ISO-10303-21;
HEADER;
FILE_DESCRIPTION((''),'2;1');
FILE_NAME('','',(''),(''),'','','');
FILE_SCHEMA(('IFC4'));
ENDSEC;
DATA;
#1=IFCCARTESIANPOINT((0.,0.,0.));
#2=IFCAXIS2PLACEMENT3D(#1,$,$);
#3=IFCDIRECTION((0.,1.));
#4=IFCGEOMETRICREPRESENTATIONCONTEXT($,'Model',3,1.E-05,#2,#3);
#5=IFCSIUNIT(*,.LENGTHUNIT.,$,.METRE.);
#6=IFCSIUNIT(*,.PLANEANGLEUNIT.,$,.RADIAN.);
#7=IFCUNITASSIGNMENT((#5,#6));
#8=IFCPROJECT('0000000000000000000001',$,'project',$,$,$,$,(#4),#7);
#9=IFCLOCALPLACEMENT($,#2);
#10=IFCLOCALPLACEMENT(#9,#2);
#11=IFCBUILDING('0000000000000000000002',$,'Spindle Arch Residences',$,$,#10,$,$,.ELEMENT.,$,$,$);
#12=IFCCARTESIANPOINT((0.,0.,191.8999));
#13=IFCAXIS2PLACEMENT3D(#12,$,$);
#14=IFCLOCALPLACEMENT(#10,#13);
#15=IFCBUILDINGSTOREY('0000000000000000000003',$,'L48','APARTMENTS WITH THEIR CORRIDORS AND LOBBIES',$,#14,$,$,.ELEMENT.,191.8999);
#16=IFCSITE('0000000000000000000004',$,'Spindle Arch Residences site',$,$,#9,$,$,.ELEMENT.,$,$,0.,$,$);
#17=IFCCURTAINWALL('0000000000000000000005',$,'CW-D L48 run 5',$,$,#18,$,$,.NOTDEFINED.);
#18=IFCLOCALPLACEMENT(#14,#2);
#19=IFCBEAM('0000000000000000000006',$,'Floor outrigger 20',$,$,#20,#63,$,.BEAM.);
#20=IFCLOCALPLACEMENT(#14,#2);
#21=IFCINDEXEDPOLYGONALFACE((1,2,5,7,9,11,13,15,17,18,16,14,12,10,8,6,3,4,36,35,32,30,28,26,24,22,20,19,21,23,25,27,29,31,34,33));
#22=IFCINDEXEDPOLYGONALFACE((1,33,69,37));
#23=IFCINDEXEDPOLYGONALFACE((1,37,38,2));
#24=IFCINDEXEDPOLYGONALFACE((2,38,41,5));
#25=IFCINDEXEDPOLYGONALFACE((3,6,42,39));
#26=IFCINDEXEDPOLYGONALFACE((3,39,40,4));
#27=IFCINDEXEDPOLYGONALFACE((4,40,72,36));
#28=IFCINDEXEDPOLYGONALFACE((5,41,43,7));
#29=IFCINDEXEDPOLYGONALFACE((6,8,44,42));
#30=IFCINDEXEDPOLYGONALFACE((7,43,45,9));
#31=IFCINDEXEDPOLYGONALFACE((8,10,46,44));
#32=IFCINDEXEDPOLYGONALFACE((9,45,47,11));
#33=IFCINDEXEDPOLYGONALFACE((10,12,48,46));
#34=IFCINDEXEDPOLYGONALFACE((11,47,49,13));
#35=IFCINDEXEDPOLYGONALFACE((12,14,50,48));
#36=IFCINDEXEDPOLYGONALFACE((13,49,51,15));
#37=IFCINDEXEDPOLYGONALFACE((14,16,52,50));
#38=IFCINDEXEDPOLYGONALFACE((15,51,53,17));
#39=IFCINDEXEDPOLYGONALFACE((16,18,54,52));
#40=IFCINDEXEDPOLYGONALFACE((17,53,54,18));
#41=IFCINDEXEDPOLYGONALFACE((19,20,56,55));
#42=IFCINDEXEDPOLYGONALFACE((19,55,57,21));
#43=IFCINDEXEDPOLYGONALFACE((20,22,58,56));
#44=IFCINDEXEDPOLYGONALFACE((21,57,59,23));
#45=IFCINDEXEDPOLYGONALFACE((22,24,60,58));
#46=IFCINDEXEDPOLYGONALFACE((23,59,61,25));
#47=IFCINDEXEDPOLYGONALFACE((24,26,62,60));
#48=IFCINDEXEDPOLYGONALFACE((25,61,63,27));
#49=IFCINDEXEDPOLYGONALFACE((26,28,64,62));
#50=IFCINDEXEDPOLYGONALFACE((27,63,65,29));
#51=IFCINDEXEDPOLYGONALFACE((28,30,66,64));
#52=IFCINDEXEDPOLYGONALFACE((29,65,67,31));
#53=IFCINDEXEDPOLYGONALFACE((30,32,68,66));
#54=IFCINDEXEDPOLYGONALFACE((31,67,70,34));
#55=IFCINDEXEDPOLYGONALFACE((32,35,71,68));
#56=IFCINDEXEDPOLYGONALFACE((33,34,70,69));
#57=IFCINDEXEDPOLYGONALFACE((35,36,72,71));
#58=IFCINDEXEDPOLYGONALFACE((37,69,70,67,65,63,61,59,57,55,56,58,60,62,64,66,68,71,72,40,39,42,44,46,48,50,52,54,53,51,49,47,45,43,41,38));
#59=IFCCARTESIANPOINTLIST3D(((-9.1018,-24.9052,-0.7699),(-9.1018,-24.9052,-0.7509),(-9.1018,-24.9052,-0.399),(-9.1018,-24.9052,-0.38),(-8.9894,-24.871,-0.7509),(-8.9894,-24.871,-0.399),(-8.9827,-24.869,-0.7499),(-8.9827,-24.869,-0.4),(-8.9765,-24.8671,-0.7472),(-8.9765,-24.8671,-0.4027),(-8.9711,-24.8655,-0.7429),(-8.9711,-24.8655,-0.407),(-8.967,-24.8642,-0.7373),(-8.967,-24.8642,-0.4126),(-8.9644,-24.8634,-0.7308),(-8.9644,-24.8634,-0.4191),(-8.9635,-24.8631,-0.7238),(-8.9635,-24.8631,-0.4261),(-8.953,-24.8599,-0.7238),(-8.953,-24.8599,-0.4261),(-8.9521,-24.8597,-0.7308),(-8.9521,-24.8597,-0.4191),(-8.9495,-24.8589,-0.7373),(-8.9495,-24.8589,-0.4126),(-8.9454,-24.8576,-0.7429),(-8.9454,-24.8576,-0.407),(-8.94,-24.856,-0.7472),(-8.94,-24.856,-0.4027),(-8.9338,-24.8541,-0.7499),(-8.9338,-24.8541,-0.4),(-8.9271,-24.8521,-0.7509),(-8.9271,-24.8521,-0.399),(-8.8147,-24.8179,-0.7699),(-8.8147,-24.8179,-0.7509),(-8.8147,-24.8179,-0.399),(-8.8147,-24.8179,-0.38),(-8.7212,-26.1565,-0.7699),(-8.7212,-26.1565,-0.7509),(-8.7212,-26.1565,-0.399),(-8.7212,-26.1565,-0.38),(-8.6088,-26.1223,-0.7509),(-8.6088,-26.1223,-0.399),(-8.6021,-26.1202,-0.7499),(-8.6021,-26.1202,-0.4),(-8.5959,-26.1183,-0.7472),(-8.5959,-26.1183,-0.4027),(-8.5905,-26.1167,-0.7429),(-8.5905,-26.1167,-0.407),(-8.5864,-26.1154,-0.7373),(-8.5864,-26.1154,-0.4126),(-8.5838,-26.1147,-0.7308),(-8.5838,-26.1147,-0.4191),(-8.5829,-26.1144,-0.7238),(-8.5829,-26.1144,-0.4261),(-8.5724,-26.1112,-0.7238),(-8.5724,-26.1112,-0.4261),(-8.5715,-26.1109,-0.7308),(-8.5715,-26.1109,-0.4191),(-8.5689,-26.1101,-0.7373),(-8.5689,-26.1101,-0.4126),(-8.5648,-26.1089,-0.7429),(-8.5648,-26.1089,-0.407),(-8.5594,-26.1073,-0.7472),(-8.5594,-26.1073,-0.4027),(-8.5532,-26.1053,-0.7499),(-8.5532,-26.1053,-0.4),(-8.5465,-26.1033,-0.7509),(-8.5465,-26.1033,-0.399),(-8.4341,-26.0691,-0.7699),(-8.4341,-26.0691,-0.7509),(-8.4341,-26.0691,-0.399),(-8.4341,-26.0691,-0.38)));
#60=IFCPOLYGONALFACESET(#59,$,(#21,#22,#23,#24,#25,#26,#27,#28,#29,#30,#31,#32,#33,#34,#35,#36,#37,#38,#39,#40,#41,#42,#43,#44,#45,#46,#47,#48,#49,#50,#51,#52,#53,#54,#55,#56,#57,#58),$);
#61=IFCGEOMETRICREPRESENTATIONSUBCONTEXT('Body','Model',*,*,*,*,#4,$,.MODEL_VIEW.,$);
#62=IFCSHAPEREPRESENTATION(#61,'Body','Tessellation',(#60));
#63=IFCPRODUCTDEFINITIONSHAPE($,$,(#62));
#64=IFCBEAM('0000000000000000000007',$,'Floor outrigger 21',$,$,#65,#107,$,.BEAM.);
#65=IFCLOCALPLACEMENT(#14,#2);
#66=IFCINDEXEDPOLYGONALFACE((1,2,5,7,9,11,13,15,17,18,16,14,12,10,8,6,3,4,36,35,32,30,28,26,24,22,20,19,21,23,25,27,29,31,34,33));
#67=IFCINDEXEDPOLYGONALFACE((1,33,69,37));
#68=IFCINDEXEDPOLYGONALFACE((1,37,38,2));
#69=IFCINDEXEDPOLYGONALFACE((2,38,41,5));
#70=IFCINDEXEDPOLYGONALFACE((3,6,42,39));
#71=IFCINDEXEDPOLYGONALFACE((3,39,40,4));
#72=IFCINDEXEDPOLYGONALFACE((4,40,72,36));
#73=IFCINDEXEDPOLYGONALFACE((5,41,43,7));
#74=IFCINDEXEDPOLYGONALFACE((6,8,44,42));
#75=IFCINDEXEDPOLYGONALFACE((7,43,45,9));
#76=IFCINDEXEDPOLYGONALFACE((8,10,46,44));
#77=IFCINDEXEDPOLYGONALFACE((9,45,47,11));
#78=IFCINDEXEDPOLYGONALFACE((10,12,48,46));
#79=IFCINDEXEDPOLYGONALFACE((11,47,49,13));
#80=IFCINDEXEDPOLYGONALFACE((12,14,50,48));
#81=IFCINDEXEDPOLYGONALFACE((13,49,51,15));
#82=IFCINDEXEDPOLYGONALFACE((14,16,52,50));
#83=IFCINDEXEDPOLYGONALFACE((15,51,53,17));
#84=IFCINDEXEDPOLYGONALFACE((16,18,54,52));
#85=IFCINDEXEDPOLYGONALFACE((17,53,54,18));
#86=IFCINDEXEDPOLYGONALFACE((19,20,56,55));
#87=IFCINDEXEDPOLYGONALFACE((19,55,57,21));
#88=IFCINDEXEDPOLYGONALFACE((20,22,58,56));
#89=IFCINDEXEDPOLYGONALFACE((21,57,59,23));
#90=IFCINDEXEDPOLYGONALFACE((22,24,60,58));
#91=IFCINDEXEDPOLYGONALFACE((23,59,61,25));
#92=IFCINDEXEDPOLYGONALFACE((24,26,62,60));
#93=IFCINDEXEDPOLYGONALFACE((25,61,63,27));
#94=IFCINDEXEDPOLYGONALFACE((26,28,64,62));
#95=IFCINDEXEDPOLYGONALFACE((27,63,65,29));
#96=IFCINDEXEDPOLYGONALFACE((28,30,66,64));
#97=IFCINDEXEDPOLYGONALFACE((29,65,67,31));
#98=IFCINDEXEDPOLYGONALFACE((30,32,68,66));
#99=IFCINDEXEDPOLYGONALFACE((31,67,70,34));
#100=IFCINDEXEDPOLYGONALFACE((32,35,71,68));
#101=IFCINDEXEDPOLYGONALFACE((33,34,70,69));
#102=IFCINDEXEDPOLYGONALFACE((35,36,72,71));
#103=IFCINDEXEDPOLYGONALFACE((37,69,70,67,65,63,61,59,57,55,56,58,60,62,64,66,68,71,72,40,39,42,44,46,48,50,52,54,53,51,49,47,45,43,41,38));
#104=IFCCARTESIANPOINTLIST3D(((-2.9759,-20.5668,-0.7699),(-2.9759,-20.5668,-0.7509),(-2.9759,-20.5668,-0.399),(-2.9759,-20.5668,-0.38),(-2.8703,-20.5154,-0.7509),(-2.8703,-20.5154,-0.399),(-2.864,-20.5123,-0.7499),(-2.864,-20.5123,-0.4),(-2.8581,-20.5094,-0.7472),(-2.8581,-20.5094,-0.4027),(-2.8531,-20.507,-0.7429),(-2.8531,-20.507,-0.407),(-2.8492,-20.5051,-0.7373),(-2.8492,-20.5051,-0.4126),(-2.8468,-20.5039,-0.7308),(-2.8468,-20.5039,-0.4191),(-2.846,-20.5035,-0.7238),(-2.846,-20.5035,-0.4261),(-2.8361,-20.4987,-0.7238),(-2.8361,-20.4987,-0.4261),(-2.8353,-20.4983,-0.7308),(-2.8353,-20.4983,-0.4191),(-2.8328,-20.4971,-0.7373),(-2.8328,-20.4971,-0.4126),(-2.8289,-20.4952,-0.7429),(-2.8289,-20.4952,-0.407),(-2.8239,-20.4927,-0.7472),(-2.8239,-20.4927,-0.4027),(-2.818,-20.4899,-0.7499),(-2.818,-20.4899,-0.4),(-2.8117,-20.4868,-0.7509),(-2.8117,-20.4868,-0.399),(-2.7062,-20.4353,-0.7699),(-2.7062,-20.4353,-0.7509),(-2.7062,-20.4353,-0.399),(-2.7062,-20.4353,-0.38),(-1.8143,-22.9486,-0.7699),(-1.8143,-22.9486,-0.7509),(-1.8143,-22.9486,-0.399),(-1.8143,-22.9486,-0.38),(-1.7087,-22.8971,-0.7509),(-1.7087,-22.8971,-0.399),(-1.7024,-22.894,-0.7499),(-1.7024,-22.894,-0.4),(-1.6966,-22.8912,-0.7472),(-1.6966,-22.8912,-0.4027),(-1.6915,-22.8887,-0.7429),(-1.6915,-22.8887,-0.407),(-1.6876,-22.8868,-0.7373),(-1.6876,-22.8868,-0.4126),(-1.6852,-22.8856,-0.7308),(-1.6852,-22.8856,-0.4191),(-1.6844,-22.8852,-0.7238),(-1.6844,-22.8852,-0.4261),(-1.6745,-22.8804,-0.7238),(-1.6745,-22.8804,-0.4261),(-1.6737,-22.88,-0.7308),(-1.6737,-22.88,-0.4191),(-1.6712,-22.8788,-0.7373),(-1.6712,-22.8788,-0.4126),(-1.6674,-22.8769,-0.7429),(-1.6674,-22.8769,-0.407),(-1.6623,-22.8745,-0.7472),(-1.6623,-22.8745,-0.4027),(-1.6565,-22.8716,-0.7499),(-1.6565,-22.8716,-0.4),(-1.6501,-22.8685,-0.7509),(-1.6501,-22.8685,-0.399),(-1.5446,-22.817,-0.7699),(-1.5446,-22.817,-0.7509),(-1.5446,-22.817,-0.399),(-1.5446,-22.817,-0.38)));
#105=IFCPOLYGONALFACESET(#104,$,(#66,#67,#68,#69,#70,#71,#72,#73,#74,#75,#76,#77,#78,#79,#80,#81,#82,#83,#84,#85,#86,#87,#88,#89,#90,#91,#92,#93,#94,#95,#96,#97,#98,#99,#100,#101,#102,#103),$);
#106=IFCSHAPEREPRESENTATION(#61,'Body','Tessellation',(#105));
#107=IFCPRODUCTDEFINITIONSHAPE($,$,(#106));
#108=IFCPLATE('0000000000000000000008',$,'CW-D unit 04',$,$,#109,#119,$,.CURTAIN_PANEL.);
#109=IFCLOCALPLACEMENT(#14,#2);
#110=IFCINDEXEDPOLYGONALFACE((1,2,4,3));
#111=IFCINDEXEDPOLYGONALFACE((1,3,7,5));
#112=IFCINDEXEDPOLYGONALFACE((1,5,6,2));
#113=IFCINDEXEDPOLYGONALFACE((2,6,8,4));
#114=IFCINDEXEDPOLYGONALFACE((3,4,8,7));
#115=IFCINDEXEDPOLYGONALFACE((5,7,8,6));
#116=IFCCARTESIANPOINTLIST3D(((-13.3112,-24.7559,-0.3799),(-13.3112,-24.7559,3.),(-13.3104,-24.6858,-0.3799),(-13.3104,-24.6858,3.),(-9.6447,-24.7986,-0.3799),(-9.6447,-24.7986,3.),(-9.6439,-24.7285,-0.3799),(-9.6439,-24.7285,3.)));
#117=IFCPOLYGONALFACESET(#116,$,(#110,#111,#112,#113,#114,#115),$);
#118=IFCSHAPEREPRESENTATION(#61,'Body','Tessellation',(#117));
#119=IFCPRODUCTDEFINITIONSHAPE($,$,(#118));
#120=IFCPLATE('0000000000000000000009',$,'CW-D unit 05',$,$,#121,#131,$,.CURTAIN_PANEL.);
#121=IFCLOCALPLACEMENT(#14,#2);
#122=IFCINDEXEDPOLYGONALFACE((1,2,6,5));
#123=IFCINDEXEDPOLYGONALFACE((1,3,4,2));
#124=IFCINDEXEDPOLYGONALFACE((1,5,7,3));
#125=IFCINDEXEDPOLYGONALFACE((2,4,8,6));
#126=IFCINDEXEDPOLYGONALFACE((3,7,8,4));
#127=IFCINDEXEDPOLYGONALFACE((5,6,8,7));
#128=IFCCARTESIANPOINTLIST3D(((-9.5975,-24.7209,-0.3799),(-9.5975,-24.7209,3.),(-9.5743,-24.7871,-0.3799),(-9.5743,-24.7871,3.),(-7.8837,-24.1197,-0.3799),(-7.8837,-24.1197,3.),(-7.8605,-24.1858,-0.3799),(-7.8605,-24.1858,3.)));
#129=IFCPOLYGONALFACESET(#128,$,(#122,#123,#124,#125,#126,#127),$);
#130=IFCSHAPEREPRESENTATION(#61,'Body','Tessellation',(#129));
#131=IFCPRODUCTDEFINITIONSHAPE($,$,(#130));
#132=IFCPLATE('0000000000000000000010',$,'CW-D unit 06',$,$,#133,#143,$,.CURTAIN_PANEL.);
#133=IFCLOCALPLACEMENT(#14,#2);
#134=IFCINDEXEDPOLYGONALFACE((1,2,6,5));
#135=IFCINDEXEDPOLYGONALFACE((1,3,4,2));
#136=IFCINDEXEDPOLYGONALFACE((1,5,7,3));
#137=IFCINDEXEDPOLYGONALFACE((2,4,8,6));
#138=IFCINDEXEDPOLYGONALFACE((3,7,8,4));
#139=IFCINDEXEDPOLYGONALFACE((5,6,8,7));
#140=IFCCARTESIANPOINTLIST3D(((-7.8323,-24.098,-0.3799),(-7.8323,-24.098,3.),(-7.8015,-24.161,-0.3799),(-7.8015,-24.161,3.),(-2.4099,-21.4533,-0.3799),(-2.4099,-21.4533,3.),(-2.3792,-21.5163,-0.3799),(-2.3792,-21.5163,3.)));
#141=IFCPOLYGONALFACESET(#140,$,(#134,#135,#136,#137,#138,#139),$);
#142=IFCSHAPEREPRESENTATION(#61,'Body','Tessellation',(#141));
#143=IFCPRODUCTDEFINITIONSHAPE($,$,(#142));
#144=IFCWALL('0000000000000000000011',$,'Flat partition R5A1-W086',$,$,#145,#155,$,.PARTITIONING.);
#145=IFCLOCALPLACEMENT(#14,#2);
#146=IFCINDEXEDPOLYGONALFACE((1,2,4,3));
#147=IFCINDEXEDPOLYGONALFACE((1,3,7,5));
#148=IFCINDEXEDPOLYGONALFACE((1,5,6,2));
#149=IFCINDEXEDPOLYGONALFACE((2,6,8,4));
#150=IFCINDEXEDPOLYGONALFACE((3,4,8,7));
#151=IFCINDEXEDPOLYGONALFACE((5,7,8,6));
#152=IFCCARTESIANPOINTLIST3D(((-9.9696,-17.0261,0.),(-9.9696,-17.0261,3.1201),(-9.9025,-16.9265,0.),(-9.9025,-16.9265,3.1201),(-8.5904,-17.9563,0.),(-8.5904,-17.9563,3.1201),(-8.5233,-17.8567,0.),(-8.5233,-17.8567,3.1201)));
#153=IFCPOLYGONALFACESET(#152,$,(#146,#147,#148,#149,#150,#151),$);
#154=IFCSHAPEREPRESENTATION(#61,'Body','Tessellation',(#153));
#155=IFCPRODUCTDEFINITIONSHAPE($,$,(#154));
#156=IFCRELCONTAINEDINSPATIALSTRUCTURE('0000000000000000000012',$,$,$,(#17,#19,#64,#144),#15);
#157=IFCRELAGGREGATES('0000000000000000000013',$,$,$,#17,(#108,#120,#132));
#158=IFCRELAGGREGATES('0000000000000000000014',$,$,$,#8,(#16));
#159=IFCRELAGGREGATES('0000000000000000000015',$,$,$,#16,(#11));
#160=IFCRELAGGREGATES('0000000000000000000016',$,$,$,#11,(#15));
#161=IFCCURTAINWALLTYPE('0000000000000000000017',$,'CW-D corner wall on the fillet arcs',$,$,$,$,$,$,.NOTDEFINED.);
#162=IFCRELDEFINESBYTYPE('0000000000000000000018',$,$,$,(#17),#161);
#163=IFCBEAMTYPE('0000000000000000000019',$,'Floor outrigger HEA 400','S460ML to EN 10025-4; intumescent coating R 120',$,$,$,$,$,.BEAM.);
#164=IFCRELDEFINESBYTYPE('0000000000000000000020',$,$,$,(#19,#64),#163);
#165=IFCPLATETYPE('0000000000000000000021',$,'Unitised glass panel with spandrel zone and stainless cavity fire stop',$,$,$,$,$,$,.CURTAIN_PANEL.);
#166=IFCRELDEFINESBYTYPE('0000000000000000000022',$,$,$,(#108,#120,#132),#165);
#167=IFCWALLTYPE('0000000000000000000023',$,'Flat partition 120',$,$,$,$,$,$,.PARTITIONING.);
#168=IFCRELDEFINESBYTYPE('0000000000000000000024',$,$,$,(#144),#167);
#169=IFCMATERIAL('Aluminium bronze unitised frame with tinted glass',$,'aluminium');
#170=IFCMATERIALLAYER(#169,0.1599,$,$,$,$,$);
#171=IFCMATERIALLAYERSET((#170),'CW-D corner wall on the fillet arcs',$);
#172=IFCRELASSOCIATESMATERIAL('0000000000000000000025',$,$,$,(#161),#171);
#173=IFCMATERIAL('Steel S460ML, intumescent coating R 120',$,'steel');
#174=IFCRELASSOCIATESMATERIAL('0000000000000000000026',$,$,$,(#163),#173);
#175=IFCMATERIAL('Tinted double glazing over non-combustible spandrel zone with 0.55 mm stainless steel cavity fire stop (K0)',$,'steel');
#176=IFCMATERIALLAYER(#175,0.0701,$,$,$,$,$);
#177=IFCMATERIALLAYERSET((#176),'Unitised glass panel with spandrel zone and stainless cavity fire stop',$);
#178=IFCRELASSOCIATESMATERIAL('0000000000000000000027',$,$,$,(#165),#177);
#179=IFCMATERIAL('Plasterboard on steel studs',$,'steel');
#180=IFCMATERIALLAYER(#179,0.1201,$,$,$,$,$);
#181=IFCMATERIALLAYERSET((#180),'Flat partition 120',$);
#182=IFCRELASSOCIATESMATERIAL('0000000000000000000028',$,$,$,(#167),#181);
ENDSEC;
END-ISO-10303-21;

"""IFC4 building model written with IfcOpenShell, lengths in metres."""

from ifc_helpers import new_model, si_unit, direction, frame, frame_2d, origin, origin_2d, place, context, subcontext, project, spatial, rectangle, i_section, extrude, material, layer, layer_set, material_profile, profile_set, type_object, element, aggregate, save


model = new_model("IFC4")

# Units and contexts
model_context = context("Model", 3, precision=1e-05, world=origin(), true_north=direction((0.0, 1.0)))
body_context = subcontext(model_context, "Body", "Model", "MODEL_VIEW")
ifc_project = project(units=[si_unit("LENGTHUNIT", "METRE"), si_unit("PLANEANGLEUNIT", "RADIAN")], contexts=[model_context])

# Site, building, storey
site_placement = place(None, origin())
site = spatial("IfcSite", under=ifc_project, at=site_placement, Name="Spindle Arch Residences site", CompositionType="ELEMENT", RefElevation=0.0)
building_placement = place(site_placement, origin())
building = spatial("IfcBuilding", under=site, at=building_placement, Name="Spindle Arch Residences", CompositionType="ELEMENT")
storey_placement = place(building_placement, frame((0.0, 0.0, 191.8999)))
storey = spatial("IfcBuildingStorey", under=building, at=storey_placement, Name="L48", Description="APARTMENTS WITH THEIR CORRIDORS AND LOBBIES", CompositionType="ELEMENT", Elevation=191.8999)

# Curtain wall
ifc_material_1 = material(Name="Aluminium bronze unitised frame with tinted glass", Category="aluminium")
ifc_layer_1 = layer(ifc_material_1, 0.1599)
ifc_layer_set_1 = layer_set([ifc_layer_1], Name="CW-D corner wall on the fillet arcs")
curtain_wall_type_1 = type_object("IfcCurtainWallType", Name="CW-D corner wall on the fillet arcs", PredefinedType="NOTDEFINED", material=ifc_layer_set_1)
curtain_wall_1_placement = place(storey_placement, origin())
curtain_wall_1 = element("IfcCurtainWall", 1, at=curtain_wall_1_placement, inside=storey, type_object=curtain_wall_type_1, Name="CW-D L48 run 5", PredefinedType="NOTDEFINED")

# Beams
ifc_material_2 = material(Name="Steel S460ML, intumescent coating R 120", Category="steel")
ifc_material_profile_1 = material_profile(ifc_material_2, i_section(OverallWidth=0.3, OverallDepth=0.3899, WebThickness=0.011, FlangeThickness=0.019, FilletRadius=0.0271, at=origin_2d()), Name="HEA 400")
ifc_profile_set_1 = profile_set([ifc_material_profile_1], Name="Steel S460ML, intumescent coating R 120")
beam_type_1 = type_object("IfcBeamType", Name="Floor outrigger HEA 400", Description="S460ML to EN 10025-4; intumescent coating R 120", PredefinedType="BEAM", material=ifc_profile_set_1)
beam_1_placement = place(storey_placement, frame((-8.5776, -26.1128, -0.575), z_axis=(-0.291028, 0.956715, 0.0), x_axis=(-0.956715, -0.291028, 0.0)))
element("IfcBeam", 2, at=beam_1_placement, inside=storey, type_object=beam_type_1, Name="Floor outrigger 20", PredefinedType="BEAM", context=body_context, shape_type="SweptSolid", body=[
    extrude(i_section(OverallWidth=0.3, OverallDepth=0.3899, WebThickness=0.011, FlangeThickness=0.019, FilletRadius=0.0271, at=origin_2d()), origin(), (0.0, 0.0, 1.0), 1.3079),
])
beam_2_placement = place(storey_placement, frame((-1.6794, -22.8828, -0.575), z_axis=(-0.438347, 0.898806, 0.0), x_axis=(-0.898806, -0.438347, 0.0)))
element("IfcBeam", 3, at=beam_2_placement, inside=storey, type_object=beam_type_1, Name="Floor outrigger 21", PredefinedType="BEAM", context=body_context, shape_type="SweptSolid", body=[
    extrude(i_section(OverallWidth=0.3, OverallDepth=0.3899, WebThickness=0.011, FlangeThickness=0.019, FilletRadius=0.0271, at=origin_2d()), origin(), (0.0, 0.0, 1.0), 2.6499),
])

# Plates
ifc_material_3 = material(Name="Tinted double glazing over non-combustible spandrel zone with 0.55 mm stainless steel cavity fire stop (K0)", Category="steel")
ifc_layer_2 = layer(ifc_material_3, 0.0701)
ifc_layer_set_2 = layer_set([ifc_layer_2], Name="Unitised glass panel with spandrel zone and stainless cavity fire stop")
plate_type = type_object("IfcPlateType", Name="Unitised glass panel with spandrel zone and stainless cavity fire stop", PredefinedType="CURTAIN_PANEL", material=ifc_layer_set_2)
plate_1_placement = place(storey_placement, frame((-11.4775, -24.7422, -0.3799), z_axis=(0.0, 0.0, 1.0), x_axis=(0.999932, -0.011635, 0.0)))
plate_1 = element("IfcPlate", 4, at=plate_1_placement, type_object=plate_type, Name="CW-D unit 04", PredefinedType="CURTAIN_PANEL", context=body_context, shape_type="SweptSolid", body=[
    extrude(rectangle(XDim=3.6667, YDim=0.0701, at=origin_2d()), origin(), (0.0, 0.0, 1.0), 3.3799),
])
plate_2_placement = place(storey_placement, frame((-8.729, -24.4534, -0.3799), z_axis=(0.0, 0.0, 1.0), x_axis=(0.943609, 0.331063, 0.0)))
plate_2 = element("IfcPlate", 5, at=plate_2_placement, type_object=plate_type, Name="CW-D unit 05", PredefinedType="CURTAIN_PANEL", context=body_context, shape_type="SweptSolid", body=[
    extrude(rectangle(XDim=1.8162, YDim=0.0701, at=origin_2d()), origin(), (0.0, 0.0, 1.0), 3.3799),
])
plate_3_placement = place(storey_placement, frame((-5.1057, -22.8071, -0.3799), z_axis=(0.0, 0.0, 1.0), x_axis=(0.898794, 0.438371, 0.0)))
plate_3 = element("IfcPlate", 6, at=plate_3_placement, type_object=plate_type, Name="CW-D unit 06", PredefinedType="CURTAIN_PANEL", context=body_context, shape_type="SweptSolid", body=[
    extrude(rectangle(XDim=6.033, YDim=0.0701, at=origin_2d()), origin(), (0.0, 0.0, 1.0), 3.3799),
])
aggregate(curtain_wall_1, [plate_1, plate_2, plate_3])

# Wall
ifc_material_4 = material(Name="Plasterboard on steel studs", Category="steel")
ifc_layer_3 = layer(ifc_material_4, 0.1201)
ifc_layer_set_3 = layer_set([ifc_layer_3], Name="Flat partition 120")
wall_type = type_object("IfcWallType", Name="Flat partition 120", PredefinedType="PARTITIONING", material=ifc_layer_set_3)
wall_1_placement = place(storey_placement, frame((-9.936, -16.9763, 0.0), z_axis=(0.0, 0.0, 1.0), x_axis=(0.829058, -0.559163, 0.0)))
element("IfcWall", 7, at=wall_1_placement, inside=storey, type_object=wall_type, Name="Flat partition R5A1-W086", PredefinedType="PARTITIONING", context=body_context, shape_type="SweptSolid", body=[
    extrude(rectangle(XDim=1.6636, YDim=0.1201, at=frame_2d((0.8318, 0.0))), origin(), (0.0, 0.0, 1.0), 3.1201),
])

save(model, "model.ifc")
